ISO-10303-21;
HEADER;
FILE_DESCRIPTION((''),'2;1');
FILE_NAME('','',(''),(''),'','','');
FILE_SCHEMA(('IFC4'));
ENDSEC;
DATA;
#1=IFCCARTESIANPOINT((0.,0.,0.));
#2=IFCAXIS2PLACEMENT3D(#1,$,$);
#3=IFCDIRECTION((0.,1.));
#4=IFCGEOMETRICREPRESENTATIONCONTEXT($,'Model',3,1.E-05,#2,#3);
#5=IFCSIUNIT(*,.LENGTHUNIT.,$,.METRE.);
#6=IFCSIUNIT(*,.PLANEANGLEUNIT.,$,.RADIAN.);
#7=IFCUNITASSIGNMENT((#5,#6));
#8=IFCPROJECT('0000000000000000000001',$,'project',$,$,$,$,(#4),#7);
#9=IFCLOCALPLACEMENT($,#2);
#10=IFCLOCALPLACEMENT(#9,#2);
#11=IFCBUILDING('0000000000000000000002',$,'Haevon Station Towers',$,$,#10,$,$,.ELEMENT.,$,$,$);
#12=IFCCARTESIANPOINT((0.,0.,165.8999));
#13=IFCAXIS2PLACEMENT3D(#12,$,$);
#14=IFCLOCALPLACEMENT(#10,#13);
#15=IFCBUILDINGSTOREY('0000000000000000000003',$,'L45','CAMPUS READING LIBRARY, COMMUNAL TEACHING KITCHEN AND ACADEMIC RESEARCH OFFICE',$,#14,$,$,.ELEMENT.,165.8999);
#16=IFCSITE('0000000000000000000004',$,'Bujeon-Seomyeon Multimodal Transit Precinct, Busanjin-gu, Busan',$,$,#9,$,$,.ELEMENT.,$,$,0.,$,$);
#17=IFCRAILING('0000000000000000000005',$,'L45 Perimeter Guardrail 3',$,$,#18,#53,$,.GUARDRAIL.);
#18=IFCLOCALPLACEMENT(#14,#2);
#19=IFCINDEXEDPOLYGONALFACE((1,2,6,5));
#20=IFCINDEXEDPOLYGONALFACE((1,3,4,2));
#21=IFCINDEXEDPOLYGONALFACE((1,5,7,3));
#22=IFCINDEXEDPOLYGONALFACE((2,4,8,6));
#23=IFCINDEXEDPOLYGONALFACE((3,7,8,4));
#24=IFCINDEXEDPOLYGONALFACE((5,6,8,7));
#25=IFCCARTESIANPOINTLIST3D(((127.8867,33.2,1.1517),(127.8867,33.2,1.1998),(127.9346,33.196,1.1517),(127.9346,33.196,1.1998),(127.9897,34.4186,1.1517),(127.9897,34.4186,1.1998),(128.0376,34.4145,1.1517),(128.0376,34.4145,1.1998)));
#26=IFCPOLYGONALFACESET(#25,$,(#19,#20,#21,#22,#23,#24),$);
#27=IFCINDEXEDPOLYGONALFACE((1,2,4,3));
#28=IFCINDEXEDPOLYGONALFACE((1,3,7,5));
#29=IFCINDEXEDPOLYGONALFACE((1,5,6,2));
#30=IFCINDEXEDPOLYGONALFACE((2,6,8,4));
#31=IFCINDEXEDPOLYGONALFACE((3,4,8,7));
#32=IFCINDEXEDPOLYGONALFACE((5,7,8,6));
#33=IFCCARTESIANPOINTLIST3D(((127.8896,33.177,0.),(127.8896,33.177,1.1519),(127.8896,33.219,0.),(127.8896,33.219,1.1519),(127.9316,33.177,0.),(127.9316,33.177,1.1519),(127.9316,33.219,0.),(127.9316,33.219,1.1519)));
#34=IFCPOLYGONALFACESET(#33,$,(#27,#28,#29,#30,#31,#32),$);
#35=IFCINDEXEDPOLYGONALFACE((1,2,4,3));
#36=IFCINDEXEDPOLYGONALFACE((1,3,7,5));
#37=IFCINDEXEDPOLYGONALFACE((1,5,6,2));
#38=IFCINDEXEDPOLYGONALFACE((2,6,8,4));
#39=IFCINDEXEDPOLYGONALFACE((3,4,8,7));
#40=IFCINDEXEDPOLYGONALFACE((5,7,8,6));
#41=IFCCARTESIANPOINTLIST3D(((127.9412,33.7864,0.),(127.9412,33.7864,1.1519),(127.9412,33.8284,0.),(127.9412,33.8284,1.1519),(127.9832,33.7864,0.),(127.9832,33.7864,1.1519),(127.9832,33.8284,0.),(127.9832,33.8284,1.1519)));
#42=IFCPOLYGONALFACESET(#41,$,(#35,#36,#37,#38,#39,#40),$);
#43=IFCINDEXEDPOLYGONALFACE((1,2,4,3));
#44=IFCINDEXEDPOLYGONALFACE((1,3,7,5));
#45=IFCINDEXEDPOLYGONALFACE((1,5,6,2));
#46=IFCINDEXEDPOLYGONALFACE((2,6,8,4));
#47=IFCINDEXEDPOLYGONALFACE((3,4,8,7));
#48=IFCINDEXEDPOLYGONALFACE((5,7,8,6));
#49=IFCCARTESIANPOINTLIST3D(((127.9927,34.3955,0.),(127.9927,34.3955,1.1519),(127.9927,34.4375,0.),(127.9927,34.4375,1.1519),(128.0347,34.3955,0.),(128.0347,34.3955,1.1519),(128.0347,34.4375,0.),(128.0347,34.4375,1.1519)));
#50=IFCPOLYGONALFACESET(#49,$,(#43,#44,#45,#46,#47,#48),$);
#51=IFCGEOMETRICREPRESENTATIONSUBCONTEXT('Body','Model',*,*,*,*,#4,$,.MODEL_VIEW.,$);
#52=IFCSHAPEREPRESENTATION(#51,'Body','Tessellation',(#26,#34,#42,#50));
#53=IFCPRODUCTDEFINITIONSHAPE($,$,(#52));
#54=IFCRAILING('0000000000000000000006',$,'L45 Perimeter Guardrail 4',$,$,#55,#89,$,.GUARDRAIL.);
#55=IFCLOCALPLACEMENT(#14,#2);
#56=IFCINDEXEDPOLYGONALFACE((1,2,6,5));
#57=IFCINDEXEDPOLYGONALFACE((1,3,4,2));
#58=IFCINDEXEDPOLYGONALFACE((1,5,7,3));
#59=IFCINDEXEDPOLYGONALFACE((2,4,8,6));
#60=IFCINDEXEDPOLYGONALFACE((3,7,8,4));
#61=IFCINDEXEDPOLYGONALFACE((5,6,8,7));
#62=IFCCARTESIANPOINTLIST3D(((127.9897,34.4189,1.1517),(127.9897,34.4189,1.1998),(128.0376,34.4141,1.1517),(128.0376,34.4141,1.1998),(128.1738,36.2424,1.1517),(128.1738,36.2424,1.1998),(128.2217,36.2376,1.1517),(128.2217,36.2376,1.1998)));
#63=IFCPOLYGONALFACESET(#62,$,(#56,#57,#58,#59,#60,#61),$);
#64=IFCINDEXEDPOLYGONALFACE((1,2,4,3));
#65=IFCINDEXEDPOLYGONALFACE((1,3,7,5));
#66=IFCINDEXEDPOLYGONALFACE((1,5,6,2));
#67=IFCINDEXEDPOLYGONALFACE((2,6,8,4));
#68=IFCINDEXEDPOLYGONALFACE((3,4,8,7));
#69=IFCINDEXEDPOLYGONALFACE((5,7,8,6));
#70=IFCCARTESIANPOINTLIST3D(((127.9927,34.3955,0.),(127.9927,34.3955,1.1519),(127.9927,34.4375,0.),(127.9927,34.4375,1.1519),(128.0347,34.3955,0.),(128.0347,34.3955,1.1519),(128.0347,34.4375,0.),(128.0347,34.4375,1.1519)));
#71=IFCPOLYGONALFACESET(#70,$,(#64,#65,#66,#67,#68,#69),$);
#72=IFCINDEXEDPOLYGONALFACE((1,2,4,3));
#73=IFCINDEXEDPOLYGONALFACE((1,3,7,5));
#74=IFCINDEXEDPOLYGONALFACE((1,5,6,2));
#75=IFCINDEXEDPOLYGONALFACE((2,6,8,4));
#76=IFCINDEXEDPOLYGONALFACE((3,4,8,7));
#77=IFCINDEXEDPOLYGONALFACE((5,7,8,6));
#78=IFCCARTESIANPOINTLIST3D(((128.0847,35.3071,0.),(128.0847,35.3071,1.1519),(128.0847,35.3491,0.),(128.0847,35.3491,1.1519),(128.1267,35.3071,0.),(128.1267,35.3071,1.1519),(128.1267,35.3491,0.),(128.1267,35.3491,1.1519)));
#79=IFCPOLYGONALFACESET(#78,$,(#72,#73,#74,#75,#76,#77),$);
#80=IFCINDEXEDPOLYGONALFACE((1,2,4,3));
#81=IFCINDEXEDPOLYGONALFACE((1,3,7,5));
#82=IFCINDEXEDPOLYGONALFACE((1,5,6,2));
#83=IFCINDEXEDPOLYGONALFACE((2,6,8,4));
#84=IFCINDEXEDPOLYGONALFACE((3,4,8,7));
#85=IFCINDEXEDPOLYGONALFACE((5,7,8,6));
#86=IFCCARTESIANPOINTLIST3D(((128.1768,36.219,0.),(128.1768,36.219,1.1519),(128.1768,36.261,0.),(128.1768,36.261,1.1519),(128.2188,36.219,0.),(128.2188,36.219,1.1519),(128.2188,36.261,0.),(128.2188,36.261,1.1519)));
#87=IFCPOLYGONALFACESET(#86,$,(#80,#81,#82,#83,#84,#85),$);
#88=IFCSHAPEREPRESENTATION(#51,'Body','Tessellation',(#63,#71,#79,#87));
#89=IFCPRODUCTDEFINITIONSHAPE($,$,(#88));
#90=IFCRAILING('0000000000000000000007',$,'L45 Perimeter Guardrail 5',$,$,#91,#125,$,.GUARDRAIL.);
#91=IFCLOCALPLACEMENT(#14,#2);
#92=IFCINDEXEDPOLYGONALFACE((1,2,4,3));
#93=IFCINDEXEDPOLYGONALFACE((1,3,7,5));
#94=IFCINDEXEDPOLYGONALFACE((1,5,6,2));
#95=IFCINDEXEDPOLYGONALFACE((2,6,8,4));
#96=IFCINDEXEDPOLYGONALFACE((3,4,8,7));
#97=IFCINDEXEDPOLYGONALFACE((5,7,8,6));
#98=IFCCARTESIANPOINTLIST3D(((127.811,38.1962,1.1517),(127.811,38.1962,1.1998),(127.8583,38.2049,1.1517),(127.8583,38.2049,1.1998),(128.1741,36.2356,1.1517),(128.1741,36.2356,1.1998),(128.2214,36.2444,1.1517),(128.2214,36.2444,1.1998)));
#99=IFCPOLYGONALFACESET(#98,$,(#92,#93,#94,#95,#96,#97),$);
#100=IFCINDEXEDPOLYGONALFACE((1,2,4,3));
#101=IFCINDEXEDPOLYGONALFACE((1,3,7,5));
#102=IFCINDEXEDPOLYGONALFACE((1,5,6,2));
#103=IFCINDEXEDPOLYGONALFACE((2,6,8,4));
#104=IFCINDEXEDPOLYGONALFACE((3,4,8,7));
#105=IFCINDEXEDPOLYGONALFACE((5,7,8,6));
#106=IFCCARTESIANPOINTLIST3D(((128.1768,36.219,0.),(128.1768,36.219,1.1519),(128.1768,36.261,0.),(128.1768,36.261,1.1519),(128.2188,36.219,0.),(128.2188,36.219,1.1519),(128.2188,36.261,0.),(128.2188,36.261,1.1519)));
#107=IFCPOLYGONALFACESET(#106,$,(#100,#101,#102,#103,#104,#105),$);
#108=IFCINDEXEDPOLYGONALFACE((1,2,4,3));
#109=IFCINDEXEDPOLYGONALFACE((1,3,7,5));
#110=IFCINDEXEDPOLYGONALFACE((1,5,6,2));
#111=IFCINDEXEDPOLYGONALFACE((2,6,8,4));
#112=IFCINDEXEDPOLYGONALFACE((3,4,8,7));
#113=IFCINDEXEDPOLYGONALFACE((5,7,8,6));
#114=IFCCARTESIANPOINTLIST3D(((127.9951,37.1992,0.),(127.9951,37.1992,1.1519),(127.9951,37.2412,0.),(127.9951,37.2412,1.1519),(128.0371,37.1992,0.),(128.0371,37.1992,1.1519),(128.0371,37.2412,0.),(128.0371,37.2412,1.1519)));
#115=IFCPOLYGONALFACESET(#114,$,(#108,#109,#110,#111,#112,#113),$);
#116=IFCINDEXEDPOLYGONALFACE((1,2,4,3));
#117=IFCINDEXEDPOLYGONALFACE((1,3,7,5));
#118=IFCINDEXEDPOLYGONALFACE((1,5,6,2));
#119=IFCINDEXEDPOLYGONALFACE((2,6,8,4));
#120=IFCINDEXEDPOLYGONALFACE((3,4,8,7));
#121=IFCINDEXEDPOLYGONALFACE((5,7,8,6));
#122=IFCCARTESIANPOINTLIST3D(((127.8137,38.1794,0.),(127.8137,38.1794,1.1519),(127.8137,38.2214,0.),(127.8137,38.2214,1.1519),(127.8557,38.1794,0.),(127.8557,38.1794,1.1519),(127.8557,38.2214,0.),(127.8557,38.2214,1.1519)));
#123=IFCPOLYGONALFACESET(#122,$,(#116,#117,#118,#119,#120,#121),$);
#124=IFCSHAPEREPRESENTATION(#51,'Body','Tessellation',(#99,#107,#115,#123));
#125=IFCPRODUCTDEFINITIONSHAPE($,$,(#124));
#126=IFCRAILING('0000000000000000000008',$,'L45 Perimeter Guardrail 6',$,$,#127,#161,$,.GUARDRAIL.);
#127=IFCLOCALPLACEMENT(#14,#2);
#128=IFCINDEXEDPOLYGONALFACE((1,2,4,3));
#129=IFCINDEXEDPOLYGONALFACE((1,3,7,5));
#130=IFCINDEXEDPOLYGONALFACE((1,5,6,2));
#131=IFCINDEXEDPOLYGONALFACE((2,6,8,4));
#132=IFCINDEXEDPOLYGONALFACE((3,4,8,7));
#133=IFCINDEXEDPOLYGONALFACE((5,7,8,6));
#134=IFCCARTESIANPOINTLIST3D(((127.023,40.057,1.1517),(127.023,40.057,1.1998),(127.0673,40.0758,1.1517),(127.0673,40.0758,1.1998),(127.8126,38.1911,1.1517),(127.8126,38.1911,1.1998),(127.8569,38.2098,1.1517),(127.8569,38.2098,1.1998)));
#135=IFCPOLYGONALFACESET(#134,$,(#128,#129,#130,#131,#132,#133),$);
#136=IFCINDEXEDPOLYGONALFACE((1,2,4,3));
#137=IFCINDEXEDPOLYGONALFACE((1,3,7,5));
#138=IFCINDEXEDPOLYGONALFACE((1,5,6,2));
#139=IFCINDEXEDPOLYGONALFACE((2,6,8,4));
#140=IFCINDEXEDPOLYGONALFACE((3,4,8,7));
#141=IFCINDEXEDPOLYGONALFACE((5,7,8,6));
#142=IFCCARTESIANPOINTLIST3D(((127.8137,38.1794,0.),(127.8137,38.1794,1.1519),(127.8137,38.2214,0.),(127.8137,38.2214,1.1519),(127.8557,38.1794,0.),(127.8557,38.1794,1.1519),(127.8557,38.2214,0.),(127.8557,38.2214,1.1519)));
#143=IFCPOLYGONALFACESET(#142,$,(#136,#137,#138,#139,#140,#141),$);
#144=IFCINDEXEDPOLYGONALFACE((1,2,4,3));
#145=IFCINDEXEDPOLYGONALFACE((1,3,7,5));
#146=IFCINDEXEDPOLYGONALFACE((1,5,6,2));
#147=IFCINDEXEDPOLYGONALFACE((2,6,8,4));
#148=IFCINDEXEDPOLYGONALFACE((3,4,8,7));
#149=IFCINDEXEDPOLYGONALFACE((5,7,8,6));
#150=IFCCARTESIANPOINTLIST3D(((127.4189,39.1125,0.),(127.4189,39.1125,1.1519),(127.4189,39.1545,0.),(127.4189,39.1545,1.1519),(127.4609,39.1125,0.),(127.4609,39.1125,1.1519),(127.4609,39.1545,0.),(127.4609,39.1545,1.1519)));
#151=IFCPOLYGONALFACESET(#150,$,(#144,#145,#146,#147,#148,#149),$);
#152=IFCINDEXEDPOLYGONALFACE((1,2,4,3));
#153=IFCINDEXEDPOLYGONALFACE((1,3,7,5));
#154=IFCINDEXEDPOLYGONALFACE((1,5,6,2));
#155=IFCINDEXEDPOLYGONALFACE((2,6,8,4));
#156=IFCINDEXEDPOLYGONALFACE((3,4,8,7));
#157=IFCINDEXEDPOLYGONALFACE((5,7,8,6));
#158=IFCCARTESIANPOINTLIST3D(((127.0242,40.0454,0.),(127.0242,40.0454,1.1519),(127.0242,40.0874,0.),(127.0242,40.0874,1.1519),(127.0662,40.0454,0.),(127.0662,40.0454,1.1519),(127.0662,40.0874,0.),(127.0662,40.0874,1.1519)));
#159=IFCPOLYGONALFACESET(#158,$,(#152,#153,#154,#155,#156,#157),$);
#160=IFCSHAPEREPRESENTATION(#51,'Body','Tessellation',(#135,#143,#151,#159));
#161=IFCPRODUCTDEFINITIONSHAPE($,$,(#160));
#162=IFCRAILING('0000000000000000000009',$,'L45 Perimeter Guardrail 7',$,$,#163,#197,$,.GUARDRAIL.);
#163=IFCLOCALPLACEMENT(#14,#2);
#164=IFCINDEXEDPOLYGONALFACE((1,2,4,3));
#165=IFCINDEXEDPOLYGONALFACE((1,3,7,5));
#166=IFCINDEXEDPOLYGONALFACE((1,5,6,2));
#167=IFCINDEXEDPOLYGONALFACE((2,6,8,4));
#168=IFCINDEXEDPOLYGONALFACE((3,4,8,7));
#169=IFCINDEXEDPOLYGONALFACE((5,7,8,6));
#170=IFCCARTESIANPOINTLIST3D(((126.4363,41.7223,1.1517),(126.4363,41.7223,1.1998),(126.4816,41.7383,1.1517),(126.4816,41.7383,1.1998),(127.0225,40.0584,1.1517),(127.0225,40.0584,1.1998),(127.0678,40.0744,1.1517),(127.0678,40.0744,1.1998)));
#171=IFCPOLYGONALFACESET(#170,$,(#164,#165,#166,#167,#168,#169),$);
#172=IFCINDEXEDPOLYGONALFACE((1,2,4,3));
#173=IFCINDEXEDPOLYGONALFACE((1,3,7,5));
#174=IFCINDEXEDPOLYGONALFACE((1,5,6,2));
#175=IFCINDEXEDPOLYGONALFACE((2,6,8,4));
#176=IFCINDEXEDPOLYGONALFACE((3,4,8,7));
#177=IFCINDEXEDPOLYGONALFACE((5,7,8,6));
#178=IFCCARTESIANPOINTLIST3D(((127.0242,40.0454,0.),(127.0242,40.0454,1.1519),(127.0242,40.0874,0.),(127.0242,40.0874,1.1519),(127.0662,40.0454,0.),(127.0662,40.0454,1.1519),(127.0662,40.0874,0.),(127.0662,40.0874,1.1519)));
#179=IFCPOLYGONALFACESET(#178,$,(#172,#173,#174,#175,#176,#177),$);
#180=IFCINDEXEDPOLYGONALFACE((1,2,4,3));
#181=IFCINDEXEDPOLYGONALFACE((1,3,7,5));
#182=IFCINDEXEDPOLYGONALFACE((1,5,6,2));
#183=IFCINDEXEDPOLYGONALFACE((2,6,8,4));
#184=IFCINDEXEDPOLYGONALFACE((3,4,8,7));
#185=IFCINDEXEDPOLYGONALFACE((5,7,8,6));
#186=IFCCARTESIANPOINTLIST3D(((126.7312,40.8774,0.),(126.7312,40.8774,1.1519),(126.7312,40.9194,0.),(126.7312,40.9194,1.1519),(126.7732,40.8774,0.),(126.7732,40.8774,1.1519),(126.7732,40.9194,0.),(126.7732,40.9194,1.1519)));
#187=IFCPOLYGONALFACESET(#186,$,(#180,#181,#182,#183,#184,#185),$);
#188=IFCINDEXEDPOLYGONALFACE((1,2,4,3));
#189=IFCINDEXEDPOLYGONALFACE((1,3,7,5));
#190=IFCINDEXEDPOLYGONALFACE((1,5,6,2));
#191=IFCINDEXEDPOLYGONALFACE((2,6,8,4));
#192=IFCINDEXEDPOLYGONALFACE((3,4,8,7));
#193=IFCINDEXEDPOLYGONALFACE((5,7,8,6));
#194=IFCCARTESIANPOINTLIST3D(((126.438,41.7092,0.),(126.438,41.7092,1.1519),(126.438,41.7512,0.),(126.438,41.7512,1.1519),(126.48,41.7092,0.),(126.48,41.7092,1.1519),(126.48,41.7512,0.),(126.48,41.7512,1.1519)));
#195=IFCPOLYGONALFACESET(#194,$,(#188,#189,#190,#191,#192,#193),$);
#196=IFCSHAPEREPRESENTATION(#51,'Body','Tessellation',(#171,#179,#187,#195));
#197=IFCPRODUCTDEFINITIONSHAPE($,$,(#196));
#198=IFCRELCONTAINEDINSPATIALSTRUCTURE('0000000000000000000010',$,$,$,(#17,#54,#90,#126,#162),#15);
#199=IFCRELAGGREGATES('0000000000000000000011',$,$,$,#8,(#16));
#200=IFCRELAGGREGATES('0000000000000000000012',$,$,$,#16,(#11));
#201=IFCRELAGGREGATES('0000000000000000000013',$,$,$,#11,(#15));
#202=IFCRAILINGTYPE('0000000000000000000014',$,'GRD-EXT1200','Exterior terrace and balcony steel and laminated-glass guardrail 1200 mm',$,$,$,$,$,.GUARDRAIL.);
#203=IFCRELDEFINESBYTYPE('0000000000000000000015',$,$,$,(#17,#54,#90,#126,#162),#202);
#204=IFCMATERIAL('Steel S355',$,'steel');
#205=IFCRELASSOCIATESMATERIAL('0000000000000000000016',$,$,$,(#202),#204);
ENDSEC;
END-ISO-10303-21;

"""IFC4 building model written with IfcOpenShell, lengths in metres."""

from ifc_helpers import new_model, si_unit, direction, frame, origin, origin_2d, place, context, subcontext, project, spatial, rectangle, extrude, material, type_object, element, save


model = new_model("IFC4")

# Units and contexts
model_context = context("Model", 3, precision=1e-05, world=origin(), true_north=direction((0.0, 1.0)))
body_context = subcontext(model_context, "Body", "Model", "MODEL_VIEW")
ifc_project = project(units=[si_unit("LENGTHUNIT", "METRE"), si_unit("PLANEANGLEUNIT", "RADIAN")], contexts=[model_context])

# Site, building, storey
site_placement = place(None, origin())
site = spatial("IfcSite", under=ifc_project, at=site_placement, Name="Bujeon-Seomyeon Multimodal Transit Precinct, Busanjin-gu, Busan", CompositionType="ELEMENT", RefElevation=0.0)
building_placement = place(site_placement, origin())
building = spatial("IfcBuilding", under=site, at=building_placement, Name="Haevon Station Towers", CompositionType="ELEMENT")
storey_placement = place(building_placement, frame((0.0, 0.0, 165.8999)))
storey = spatial("IfcBuildingStorey", under=building, at=storey_placement, Name="L45", Description="CAMPUS READING LIBRARY, COMMUNAL TEACHING KITCHEN AND ACADEMIC RESEARCH OFFICE", CompositionType="ELEMENT", Elevation=165.8999)

# Shared definitions
ifc_material_1 = material(Name="Steel S355", Category="steel")

# Railings
railing_type = type_object("IfcRailingType", Name="GRD-EXT1200", Description="Exterior terrace and balcony steel and laminated-glass guardrail 1200 mm", PredefinedType="GUARDRAIL", material=ifc_material_1)
railing_1_placement = place(storey_placement, frame((127.9106, 33.198, 0.0)))
element("IfcRailing", 1, at=railing_1_placement, inside=storey, type_object=railing_type, Name="L45 Perimeter Guardrail 3", PredefinedType="GUARDRAIL", context=body_context, shape_type="SweptSolid", body=[
    extrude(rectangle(XDim=0.0481, YDim=0.0481, at=origin_2d()), frame((0.0, 0.0, 1.1758), z_axis=(0.084252, 0.996445, 0.0), x_axis=(-0.996445, 0.084252, 0.0)), (0.0, 0.0, 1.0), 1.2229),
    extrude(rectangle(XDim=0.042, YDim=0.042, at=origin_2d()), origin(), (0.0, 0.0, 1.0), 1.1519),
    extrude(rectangle(XDim=0.042, YDim=0.042, at=origin_2d()), frame((0.0515, 0.6094, 0.0)), (0.0, 0.0, 1.0), 1.1519),
    extrude(rectangle(XDim=0.042, YDim=0.042, at=origin_2d()), frame((0.103, 1.2185, 0.0)), (0.0, 0.0, 1.0), 1.1519),
])
railing_2_placement = place(storey_placement, frame((128.0137, 34.4165, 0.0)))
element("IfcRailing", 2, at=railing_2_placement, inside=storey, type_object=railing_type, Name="L45 Perimeter Guardrail 4", PredefinedType="GUARDRAIL", context=body_context, shape_type="SweptSolid", body=[
    extrude(rectangle(XDim=0.0481, YDim=0.0481, at=origin_2d()), frame((0.0, 0.0, 1.1758), z_axis=(0.10044, 0.994943, 0.0), x_axis=(-0.994943, 0.10044, 0.0)), (0.0, 0.0, 1.0), 1.8328),
    extrude(rectangle(XDim=0.042, YDim=0.042, at=origin_2d()), origin(), (0.0, 0.0, 1.0), 1.1519),
    extrude(rectangle(XDim=0.042, YDim=0.042, at=origin_2d()), frame((0.092, 0.9116, 0.0)), (0.0, 0.0, 1.0), 1.1519),
    extrude(rectangle(XDim=0.042, YDim=0.042, at=origin_2d()), frame((0.1841, 1.8235, 0.0)), (0.0, 0.0, 1.0), 1.1519),
])
railing_3_placement = place(storey_placement, frame((128.1978, 36.24, 0.0)))
element("IfcRailing", 3, at=railing_3_placement, inside=storey, type_object=railing_type, Name="L45 Perimeter Guardrail 5", PredefinedType="GUARDRAIL", context=body_context, shape_type="SweptSolid", body=[
    extrude(rectangle(XDim=0.0481, YDim=0.0481, at=origin_2d()), frame((0.0, 0.0, 1.1758), z_axis=(-0.182085, 0.983283, 0.0), x_axis=(-0.983283, -0.182085, 0.0)), (0.0, 0.0, 1.0), 1.9939),
    extrude(rectangle(XDim=0.042, YDim=0.042, at=origin_2d()), origin(), (0.0, 0.0, 1.0), 1.1519),
    extrude(rectangle(XDim=0.042, YDim=0.042, at=origin_2d()), frame((-0.1816, 0.9802, 0.0)), (0.0, 0.0, 1.0), 1.1519),
    extrude(rectangle(XDim=0.042, YDim=0.042, at=origin_2d()), frame((-0.363, 1.9604, 0.0)), (0.0, 0.0, 1.0), 1.1519),
])
railing_4_placement = place(storey_placement, frame((127.8347, 38.2004, 0.0)))
element("IfcRailing", 4, at=railing_4_placement, inside=storey, type_object=railing_type, Name="L45 Perimeter Guardrail 6", PredefinedType="GUARDRAIL", context=body_context, shape_type="SweptSolid", body=[
    extrude(rectangle(XDim=0.0481, YDim=0.0481, at=origin_2d()), frame((0.0, 0.0, 1.1758), z_axis=(-0.389683, 0.920949, 0.0), x_axis=(-0.920949, -0.389683, 0.0)), (0.0, 0.0, 1.0), 2.0261),
    extrude(rectangle(XDim=0.042, YDim=0.042, at=origin_2d()), origin(), (0.0, 0.0, 1.0), 1.1519),
    extrude(rectangle(XDim=0.042, YDim=0.042, at=origin_2d()), frame((-0.3948, 0.9331, 0.0)), (0.0, 0.0, 1.0), 1.1519),
    extrude(rectangle(XDim=0.042, YDim=0.042, at=origin_2d()), frame((-0.7896, 1.866, 0.0)), (0.0, 0.0, 1.0), 1.1519),
])
railing_5_placement = place(storey_placement, frame((127.0452, 40.0664, 0.0)))
element("IfcRailing", 5, at=railing_5_placement, inside=storey, type_object=railing_type, Name="L45 Perimeter Guardrail 7", PredefinedType="GUARDRAIL", context=body_context, shape_type="SweptSolid", body=[
    extrude(rectangle(XDim=0.0481, YDim=0.0481, at=origin_2d()), frame((0.0, 0.0, 1.1758), z_axis=(-0.332292, 0.943177, 0.0), x_axis=(-0.943177, -0.332292, 0.0)), (0.0, 0.0, 1.0), 1.7642),
    extrude(rectangle(XDim=0.042, YDim=0.042, at=origin_2d()), origin(), (0.0, 0.0, 1.0), 1.1519),
    extrude(rectangle(XDim=0.042, YDim=0.042, at=origin_2d()), frame((-0.293, 0.832, 0.0)), (0.0, 0.0, 1.0), 1.1519),
    extrude(rectangle(XDim=0.042, YDim=0.042, at=origin_2d()), frame((-0.5862, 1.6638, 0.0)), (0.0, 0.0, 1.0), 1.1519),
])

save(model, "model.ifc")
